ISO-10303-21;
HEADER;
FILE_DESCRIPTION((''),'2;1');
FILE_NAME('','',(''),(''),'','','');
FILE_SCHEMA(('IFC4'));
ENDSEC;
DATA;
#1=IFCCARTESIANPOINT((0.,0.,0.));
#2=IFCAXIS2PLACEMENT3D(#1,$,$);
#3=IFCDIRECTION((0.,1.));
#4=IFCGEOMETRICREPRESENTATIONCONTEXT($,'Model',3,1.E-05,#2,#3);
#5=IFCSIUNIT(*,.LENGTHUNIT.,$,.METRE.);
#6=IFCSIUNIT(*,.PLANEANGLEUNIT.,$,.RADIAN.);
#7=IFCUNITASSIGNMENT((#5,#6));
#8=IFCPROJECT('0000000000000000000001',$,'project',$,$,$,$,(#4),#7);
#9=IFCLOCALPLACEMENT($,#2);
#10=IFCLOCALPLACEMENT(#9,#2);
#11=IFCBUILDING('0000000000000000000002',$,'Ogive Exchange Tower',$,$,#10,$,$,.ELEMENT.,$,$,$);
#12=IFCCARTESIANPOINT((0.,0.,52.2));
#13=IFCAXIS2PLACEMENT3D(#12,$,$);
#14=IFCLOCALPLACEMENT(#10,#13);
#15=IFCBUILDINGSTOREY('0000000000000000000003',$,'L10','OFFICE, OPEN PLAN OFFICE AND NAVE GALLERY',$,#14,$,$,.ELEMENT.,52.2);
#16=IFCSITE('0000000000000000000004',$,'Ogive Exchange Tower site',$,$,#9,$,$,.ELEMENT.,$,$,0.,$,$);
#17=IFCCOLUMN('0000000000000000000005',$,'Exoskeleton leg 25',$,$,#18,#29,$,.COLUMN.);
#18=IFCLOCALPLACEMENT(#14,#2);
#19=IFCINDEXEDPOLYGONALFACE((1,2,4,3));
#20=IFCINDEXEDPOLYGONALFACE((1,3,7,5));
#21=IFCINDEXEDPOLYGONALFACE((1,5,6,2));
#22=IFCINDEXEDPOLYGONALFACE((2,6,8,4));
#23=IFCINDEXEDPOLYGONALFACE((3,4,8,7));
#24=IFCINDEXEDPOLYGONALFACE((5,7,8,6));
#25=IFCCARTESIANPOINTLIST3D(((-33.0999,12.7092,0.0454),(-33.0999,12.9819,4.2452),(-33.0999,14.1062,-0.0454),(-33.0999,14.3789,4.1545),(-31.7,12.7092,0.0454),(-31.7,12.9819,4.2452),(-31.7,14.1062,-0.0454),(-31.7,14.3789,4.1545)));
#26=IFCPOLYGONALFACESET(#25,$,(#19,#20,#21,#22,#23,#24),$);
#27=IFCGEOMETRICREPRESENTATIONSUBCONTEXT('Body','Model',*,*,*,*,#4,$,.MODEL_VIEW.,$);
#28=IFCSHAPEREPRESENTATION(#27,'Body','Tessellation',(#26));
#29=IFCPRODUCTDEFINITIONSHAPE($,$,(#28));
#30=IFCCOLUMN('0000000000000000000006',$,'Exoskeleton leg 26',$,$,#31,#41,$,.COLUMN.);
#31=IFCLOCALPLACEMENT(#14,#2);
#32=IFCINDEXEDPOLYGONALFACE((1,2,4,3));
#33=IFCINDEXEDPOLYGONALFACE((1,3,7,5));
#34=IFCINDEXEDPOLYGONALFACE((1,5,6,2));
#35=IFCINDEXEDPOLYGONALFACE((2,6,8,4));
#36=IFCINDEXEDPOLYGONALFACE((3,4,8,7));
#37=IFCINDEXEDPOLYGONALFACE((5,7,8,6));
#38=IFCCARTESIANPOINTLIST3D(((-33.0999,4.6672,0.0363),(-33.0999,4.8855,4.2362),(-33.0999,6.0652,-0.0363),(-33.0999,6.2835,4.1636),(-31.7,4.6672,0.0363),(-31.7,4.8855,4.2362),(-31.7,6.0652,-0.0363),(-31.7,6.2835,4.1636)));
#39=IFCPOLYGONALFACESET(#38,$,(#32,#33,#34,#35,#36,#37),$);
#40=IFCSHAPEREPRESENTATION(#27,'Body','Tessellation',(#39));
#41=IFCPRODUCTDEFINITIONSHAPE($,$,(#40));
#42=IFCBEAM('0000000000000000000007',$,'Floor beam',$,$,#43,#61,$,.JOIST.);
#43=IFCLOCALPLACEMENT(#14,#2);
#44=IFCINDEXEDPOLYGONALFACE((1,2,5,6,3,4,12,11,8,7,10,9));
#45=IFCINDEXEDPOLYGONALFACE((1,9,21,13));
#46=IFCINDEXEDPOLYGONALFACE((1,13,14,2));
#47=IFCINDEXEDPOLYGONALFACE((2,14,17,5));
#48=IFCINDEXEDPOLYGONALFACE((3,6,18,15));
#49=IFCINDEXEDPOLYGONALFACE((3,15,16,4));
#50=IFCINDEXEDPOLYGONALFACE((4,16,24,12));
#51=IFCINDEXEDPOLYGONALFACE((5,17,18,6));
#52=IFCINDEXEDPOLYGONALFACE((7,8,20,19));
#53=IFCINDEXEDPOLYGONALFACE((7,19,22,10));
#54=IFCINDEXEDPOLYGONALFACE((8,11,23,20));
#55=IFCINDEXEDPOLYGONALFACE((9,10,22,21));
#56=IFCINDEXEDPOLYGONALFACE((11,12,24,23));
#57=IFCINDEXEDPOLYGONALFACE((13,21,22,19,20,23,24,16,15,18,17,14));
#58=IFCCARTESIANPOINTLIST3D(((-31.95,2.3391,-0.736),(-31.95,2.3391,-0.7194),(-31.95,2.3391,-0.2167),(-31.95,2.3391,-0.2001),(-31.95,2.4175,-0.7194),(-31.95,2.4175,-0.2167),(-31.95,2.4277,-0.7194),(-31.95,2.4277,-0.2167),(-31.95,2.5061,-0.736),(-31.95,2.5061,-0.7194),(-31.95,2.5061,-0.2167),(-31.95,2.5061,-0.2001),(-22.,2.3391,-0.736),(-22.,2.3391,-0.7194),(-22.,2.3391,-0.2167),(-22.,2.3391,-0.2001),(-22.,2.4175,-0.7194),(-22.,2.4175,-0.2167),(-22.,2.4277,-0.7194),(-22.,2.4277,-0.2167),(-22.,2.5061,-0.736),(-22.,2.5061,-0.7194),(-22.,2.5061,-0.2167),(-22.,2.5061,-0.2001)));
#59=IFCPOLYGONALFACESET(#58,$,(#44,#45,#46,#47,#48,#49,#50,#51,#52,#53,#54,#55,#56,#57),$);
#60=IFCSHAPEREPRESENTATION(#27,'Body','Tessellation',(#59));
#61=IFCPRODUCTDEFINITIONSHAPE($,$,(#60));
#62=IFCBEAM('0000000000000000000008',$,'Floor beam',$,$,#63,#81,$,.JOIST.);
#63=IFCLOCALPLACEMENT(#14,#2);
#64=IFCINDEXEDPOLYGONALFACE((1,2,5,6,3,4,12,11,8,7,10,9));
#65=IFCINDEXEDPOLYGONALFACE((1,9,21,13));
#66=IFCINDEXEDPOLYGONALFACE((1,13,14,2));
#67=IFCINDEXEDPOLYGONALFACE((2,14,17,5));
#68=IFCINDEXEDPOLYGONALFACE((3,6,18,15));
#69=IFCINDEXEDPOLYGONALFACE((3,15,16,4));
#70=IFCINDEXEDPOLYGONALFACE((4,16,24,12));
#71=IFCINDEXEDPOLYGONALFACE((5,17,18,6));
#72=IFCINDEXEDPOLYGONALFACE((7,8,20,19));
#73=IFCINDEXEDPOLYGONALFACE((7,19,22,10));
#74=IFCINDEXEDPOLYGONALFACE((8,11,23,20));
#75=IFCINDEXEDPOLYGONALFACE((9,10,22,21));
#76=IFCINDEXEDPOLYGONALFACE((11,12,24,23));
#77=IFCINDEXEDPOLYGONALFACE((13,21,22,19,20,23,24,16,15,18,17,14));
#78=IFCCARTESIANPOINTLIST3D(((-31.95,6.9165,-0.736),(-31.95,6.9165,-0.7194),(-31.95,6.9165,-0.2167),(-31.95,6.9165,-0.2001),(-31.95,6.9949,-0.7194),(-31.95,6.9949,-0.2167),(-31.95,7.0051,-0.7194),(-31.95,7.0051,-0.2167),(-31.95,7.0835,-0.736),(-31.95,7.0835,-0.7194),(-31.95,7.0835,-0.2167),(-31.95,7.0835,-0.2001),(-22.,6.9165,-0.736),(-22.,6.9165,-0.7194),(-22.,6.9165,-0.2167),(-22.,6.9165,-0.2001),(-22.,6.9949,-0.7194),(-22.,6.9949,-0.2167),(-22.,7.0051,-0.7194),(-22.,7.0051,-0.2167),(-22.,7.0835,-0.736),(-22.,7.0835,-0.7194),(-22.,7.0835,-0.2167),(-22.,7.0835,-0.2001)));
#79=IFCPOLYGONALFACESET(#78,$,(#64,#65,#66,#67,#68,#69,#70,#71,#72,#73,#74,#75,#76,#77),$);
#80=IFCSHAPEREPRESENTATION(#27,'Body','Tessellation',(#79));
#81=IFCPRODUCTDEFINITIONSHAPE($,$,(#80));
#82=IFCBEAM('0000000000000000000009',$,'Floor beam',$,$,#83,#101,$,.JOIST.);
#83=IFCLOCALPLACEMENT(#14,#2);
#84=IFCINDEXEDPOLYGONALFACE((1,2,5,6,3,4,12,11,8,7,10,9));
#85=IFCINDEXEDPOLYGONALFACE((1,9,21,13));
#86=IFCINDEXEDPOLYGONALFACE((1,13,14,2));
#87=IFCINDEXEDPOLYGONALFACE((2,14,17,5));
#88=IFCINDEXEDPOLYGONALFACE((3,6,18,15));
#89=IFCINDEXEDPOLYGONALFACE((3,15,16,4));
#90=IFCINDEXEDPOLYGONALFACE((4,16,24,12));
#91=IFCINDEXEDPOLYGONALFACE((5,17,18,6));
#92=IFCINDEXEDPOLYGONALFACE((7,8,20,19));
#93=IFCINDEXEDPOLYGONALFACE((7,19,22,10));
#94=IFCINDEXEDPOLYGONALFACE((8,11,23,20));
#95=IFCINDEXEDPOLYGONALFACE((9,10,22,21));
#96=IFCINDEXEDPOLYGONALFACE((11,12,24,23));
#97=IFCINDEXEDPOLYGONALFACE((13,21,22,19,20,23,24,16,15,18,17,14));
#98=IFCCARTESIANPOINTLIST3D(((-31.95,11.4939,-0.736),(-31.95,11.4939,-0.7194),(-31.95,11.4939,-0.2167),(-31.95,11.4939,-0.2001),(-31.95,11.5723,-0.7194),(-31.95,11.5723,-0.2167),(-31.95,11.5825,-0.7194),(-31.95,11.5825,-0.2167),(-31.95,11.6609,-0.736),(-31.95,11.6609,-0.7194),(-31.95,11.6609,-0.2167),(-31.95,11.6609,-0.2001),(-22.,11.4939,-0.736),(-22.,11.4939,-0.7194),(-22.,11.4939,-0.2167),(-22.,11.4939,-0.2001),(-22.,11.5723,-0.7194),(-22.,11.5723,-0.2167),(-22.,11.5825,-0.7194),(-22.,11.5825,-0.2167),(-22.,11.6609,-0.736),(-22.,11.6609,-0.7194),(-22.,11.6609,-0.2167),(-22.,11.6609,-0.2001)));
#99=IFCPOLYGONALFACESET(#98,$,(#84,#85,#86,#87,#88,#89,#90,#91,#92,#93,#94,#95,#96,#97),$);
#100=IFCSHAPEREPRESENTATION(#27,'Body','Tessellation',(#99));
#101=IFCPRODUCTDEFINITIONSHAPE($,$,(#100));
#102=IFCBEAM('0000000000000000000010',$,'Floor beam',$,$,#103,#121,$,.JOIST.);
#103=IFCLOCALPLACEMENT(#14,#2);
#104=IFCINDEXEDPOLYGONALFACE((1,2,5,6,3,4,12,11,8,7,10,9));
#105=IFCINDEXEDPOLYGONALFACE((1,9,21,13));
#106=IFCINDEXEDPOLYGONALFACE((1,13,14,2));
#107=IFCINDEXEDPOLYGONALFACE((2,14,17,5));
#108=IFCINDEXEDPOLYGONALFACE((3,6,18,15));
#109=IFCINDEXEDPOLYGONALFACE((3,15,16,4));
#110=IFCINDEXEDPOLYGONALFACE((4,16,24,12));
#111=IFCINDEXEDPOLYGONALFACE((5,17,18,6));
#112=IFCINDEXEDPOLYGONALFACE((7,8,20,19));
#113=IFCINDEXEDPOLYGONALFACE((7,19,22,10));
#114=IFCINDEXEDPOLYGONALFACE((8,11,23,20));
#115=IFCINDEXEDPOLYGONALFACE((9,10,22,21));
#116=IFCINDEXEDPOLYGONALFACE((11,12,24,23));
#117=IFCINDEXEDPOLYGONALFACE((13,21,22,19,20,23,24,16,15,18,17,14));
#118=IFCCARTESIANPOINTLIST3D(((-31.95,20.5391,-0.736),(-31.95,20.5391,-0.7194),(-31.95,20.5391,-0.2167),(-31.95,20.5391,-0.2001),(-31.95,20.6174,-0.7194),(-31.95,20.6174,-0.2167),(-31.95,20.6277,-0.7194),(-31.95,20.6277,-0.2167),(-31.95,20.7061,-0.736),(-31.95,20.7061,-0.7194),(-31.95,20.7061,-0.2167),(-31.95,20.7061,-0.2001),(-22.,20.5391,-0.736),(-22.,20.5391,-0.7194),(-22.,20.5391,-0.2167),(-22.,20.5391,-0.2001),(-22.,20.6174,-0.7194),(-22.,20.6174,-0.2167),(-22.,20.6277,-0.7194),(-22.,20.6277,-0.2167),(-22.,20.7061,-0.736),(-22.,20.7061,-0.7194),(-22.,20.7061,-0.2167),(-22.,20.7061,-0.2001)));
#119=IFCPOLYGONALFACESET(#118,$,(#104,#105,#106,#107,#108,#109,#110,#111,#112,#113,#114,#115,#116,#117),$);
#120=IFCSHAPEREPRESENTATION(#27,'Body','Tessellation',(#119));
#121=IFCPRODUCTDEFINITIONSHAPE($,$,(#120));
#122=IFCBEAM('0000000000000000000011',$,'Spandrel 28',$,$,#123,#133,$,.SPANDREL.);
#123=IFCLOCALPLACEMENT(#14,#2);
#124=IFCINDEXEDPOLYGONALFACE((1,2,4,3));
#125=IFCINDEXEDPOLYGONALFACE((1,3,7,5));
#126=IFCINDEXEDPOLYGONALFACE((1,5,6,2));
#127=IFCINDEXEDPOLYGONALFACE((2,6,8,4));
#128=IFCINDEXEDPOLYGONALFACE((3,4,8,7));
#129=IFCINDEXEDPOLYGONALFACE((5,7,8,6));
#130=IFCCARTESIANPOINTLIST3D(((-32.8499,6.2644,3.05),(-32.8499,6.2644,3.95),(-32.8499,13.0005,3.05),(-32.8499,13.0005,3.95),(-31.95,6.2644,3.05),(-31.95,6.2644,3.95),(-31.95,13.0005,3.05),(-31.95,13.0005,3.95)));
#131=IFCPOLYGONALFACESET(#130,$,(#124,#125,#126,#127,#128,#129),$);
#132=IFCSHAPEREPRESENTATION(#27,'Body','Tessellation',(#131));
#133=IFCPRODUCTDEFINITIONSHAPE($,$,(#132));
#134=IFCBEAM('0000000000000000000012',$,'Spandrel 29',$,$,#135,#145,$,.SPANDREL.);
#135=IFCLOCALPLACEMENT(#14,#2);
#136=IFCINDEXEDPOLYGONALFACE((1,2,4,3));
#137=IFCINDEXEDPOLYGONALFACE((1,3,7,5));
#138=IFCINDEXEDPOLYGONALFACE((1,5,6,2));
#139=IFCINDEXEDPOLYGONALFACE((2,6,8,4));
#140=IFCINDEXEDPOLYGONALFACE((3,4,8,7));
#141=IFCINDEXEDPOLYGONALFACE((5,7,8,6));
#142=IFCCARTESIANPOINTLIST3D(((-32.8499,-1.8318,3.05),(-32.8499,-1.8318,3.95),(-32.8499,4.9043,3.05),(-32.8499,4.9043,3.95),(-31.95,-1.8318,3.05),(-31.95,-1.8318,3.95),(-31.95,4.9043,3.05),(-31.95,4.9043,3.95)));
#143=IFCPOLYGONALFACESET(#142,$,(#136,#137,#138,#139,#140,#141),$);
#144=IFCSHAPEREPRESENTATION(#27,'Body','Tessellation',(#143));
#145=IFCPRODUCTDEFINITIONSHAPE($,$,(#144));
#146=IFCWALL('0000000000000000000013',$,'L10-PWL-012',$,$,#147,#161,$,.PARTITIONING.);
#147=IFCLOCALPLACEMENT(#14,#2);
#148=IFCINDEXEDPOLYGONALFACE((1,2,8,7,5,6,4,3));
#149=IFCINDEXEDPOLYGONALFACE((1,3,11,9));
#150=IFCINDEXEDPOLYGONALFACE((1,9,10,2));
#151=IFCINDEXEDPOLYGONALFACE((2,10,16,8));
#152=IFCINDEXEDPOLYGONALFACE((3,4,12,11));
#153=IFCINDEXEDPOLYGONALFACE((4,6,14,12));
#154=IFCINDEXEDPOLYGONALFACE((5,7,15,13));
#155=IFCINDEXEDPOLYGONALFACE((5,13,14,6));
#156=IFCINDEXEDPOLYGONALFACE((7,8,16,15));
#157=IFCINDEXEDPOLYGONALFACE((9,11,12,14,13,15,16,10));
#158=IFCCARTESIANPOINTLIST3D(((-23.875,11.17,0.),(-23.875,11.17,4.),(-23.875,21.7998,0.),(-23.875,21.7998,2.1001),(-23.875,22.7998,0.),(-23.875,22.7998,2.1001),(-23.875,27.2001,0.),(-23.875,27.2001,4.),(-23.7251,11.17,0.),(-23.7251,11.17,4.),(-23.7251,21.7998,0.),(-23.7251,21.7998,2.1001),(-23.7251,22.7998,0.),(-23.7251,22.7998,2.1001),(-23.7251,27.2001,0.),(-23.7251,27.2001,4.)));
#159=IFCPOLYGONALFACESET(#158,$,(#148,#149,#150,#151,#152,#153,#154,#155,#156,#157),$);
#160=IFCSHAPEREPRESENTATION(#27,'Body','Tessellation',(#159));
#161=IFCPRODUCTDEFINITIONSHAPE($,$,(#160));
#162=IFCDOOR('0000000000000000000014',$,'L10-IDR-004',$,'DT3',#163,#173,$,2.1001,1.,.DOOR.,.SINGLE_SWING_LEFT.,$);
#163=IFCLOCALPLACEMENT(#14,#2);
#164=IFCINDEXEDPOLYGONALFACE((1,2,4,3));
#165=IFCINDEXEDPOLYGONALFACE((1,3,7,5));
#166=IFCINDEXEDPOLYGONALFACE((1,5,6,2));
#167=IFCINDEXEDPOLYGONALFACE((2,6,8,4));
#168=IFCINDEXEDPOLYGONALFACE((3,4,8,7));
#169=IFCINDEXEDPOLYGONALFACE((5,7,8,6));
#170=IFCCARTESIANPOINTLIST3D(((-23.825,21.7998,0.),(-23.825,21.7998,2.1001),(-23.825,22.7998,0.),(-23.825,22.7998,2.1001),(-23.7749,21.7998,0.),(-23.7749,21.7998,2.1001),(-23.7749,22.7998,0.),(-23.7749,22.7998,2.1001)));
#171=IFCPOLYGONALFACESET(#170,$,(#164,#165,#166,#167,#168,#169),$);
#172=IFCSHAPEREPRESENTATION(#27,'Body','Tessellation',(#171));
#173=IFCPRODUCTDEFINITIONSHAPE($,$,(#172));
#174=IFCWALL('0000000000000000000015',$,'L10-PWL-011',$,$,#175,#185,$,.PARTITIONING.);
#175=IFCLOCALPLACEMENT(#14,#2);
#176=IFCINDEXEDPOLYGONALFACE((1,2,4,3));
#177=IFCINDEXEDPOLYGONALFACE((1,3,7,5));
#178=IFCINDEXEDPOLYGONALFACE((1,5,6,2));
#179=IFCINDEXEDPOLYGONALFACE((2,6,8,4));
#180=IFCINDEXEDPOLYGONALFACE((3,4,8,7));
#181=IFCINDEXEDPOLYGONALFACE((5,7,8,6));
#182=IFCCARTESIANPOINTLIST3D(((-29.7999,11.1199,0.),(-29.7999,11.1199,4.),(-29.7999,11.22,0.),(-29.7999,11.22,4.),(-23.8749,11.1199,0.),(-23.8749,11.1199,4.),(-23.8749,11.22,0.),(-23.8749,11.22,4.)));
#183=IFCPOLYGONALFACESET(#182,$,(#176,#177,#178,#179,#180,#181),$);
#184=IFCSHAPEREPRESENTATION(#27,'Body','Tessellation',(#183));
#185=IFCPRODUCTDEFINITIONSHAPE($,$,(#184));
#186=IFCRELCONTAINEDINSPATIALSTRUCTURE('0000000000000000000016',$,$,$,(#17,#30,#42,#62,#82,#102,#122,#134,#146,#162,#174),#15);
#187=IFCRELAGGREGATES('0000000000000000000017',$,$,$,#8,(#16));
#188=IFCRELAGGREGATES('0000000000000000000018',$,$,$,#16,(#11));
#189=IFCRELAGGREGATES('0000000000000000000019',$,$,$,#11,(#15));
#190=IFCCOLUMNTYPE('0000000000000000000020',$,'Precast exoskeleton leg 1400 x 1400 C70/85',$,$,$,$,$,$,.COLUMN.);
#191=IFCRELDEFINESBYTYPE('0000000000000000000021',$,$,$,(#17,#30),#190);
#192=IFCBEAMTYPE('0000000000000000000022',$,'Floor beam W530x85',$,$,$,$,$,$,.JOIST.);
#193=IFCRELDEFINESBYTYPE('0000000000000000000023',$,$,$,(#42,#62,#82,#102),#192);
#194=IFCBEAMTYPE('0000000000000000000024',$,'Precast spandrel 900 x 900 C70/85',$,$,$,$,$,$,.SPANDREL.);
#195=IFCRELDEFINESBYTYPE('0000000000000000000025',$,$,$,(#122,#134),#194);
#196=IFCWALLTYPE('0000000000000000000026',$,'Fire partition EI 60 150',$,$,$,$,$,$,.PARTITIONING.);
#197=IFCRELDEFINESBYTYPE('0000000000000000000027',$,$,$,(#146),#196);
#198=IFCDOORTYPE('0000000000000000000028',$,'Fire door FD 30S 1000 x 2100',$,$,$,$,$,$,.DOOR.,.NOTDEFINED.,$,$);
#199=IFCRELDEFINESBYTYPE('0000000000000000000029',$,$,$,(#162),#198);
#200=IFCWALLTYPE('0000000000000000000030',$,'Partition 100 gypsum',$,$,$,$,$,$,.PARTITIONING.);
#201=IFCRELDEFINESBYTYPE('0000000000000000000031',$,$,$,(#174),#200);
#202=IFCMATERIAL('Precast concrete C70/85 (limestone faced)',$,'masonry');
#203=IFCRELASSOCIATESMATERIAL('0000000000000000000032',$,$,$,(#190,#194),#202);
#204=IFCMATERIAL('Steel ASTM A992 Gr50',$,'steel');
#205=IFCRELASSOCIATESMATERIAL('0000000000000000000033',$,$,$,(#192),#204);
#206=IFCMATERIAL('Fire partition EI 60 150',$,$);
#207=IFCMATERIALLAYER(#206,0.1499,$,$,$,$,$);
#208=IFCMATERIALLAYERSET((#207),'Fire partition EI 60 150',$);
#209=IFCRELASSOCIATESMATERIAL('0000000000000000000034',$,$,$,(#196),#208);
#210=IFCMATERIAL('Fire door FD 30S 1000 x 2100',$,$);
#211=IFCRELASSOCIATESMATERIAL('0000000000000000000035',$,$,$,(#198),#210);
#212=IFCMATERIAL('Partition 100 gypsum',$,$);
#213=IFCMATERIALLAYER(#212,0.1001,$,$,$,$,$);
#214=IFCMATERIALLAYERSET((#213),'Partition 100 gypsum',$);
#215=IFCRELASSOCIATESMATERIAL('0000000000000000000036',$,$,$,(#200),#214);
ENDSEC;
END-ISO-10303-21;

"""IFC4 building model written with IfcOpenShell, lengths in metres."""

from ifc_helpers import new_model, si_unit, direction, frame, frame_2d, origin, origin_2d, place, context, subcontext, project, spatial, rectangle, i_section, extrude, material, layer, layer_set, material_profile, profile_set, type_object, element, fill, save


model = new_model("IFC4")

# Units and contexts
model_context = context("Model", 3, precision=1e-05, world=origin(), true_north=direction((0.0, 1.0)))
body_context = subcontext(model_context, "Body", "Model", "MODEL_VIEW")
ifc_project = project(units=[si_unit("LENGTHUNIT", "METRE"), si_unit("PLANEANGLEUNIT", "RADIAN")], contexts=[model_context])

# Site, building, storey
site_placement = place(None, origin())
site = spatial("IfcSite", under=ifc_project, at=site_placement, Name="Ogive Exchange Tower site", CompositionType="ELEMENT", RefElevation=0.0)
building_placement = place(site_placement, origin())
building = spatial("IfcBuilding", under=site, at=building_placement, Name="Ogive Exchange Tower", CompositionType="ELEMENT")
storey_placement = place(building_placement, frame((0.0, 0.0, 52.2)))
storey = spatial("IfcBuildingStorey", under=building, at=storey_placement, Name="L10", Description="OFFICE, OPEN PLAN OFFICE AND NAVE GALLERY", CompositionType="ELEMENT", Elevation=52.2)

# Columns
ifc_material_1 = material(Name="Precast concrete C70/85 (limestone faced)", Category="masonry")
ifc_material_profile_1 = material_profile(ifc_material_1, rectangle(XDim=1.3999, YDim=1.3999, at=origin_2d()), Name="1400 x 1400")
ifc_profile_set_1 = profile_set([ifc_material_profile_1], Name="Precast concrete C70/85 (limestone faced)")
column_type = type_object("IfcColumnType", Name="Precast exoskeleton leg 1400 x 1400 C70/85", PredefinedType="COLUMN", material=ifc_profile_set_1)
column_1_placement = place(storey_placement, frame((-32.3999, 13.4077, 0.0), z_axis=(0.0, 0.064794, 0.997899), x_axis=(-1.0, 0.0, 0.0)))
element("IfcColumn", 1, at=column_1_placement, inside=storey, type_object=column_type, Name="Exoskeleton leg 25", PredefinedType="COLUMN", context=body_context, shape_type="SweptSolid", body=[
    extrude(rectangle(XDim=1.3999, YDim=1.3999, at=origin_2d()), origin(), (0.0, 0.0, 1.0), 4.2087),
])
column_2_placement = place(storey_placement, frame((-32.3999, 5.3662, 0.0), z_axis=(0.0, 0.051898, 0.998652), x_axis=(-1.0, 0.0, 0.0)))
element("IfcColumn", 2, at=column_2_placement, inside=storey, type_object=column_type, Name="Exoskeleton leg 26", PredefinedType="COLUMN", context=body_context, shape_type="SweptSolid", body=[
    extrude(rectangle(XDim=1.3999, YDim=1.3999, at=origin_2d()), origin(), (0.0, 0.0, 1.0), 4.2056),
])

# Beams
ifc_material_2 = material(Name="Steel ASTM A992 Gr50", Category="steel")
ifc_material_profile_2 = material_profile(ifc_material_2, i_section(OverallWidth=0.167, OverallDepth=0.5359, WebThickness=0.0103, FlangeThickness=0.0166, at=origin_2d()), Name="W530x85")
ifc_profile_set_2 = profile_set([ifc_material_profile_2], Name="Steel ASTM A992 Gr50")
beam_type_1 = type_object("IfcBeamType", Name="Floor beam W530x85", PredefinedType="JOIST", material=ifc_profile_set_2)
for number, where, z_axis, x_axis, name in (
    (3, (-31.95, 2.4226, -0.468), (1.0, 0.0, 0.0), (0.0, 1.0, 0.0), "Floor beam"),
    (4, (-31.95, 7.0, -0.468), (1.0, 0.0, 0.0), (0.0, 1.0, 0.0), "Floor beam"),
    (5, (-31.95, 11.5774, -0.468), (1.0, 0.0, 0.0), (0.0, 1.0, 0.0), "Floor beam"),
    (6, (-31.95, 20.6226, -0.468), (1.0, 0.0, 0.0), (0.0, 1.0, 0.0), "Floor beam"),
):
    element("IfcBeam", number, at=place(storey_placement, frame(where, z_axis=z_axis, x_axis=x_axis)), inside=storey, type_object=beam_type_1, Name=name, PredefinedType="JOIST", context=body_context, shape_type="SweptSolid", body=[
        extrude(i_section(OverallWidth=0.167, OverallDepth=0.5359, WebThickness=0.0103, FlangeThickness=0.0166, at=origin_2d()), origin(), (0.0, 0.0, 1.0), 9.95),
    ])
ifc_material_profile_3 = material_profile(ifc_material_1, rectangle(XDim=0.8999, YDim=0.8999, at=origin_2d()), Name="900 x 900")
ifc_profile_set_3 = profile_set([ifc_material_profile_3], Name="Precast concrete C70/85 (limestone faced)")
beam_type_2 = type_object("IfcBeamType", Name="Precast spandrel 900 x 900 C70/85", PredefinedType="SPANDREL", material=ifc_profile_set_3)
for number, where, z_axis, x_axis, name in (
    (7, (-32.3999, 13.0005, 3.5), (0.0, -1.0, 0.0), (1.0, 0.0, 0.0), "Spandrel 28"),
    (8, (-32.3999, 4.9043, 3.5), (0.0, -1.0, 0.0), (1.0, 0.0, 0.0), "Spandrel 29"),
):
    element("IfcBeam", number, at=place(storey_placement, frame(where, z_axis=z_axis, x_axis=x_axis)), inside=storey, type_object=beam_type_2, Name=name, PredefinedType="SPANDREL", context=body_context, shape_type="SweptSolid", body=[
        extrude(rectangle(XDim=0.8999, YDim=0.8999, at=origin_2d()), origin(), (0.0, 0.0, 1.0), 6.7361),
    ])

# Wall, opening, door
ifc_material_3 = material(Name="Fire partition EI 60 150")
ifc_layer_1 = layer(ifc_material_3, 0.1499)
ifc_layer_set_1 = layer_set([ifc_layer_1], Name="Fire partition EI 60 150")
wall_type_1 = type_object("IfcWallType", Name="Fire partition EI 60 150", PredefinedType="PARTITIONING", material=ifc_layer_set_1)
wall_1_placement = place(storey_placement, frame((-23.8, 11.1699, 0.0), z_axis=(0.0, 0.0, 1.0), x_axis=(0.0, 1.0, 0.0)))
wall_1 = element("IfcWall", 9, at=wall_1_placement, inside=storey, type_object=wall_type_1, Name="L10-PWL-012", PredefinedType="PARTITIONING", context=body_context, shape_type="SweptSolid", body=[
    extrude(rectangle(XDim=16.03, YDim=0.1499, at=frame_2d((8.0151, 0.0))), origin(), (0.0, 0.0, 1.0), 4.0),
])
opening_placement = place(wall_1_placement, frame((10.6299, 0.0, 0.0)))
opening = element("IfcOpeningElement", 10, at=opening_placement, cuts=wall_1, PredefinedType="OPENING", context=body_context, shape_type="SweptSolid", body=[
    extrude(rectangle(XDim=1.0, YDim=2.1001, at=frame_2d((0.5, 1.05))), frame((0.0, 0.085, 0.0), z_axis=(0.0, -1.0, 0.0), x_axis=(1.0, 0.0, 0.0)), (0.0, 0.0, 1.0), 0.1699),
])
ifc_material_4 = material(Name="Fire door FD 30S 1000 x 2100")
door_type = type_object("IfcDoorType", Name="Fire door FD 30S 1000 x 2100", OperationType="NOTDEFINED", PredefinedType="DOOR", material=ifc_material_4)
door_placement = place(opening_placement, origin())
door = element("IfcDoor", 11, at=door_placement, inside=storey, type_object=door_type, Name="L10-IDR-004", ObjectType="DT3", OperationType="SINGLE_SWING_LEFT", OverallHeight=2.1001, OverallWidth=1.0, PredefinedType="DOOR", context=body_context, shape_type="SweptSolid", body=[
    extrude(rectangle(XDim=1.0, YDim=2.1001, at=frame_2d((0.5, 1.05))), frame((0.0, 0.0249, 0.0), z_axis=(0.0, -1.0, 0.0), x_axis=(1.0, 0.0, 0.0)), (0.0, 0.0, 1.0), 0.05),
])
fill(opening, door)

# Wall
ifc_material_5 = material(Name="Partition 100 gypsum")
ifc_layer_2 = layer(ifc_material_5, 0.1001)
ifc_layer_set_2 = layer_set([ifc_layer_2], Name="Partition 100 gypsum")
wall_type_2 = type_object("IfcWallType", Name="Partition 100 gypsum", PredefinedType="PARTITIONING", material=ifc_layer_set_2)
wall_2_placement = place(storey_placement, frame((-23.875, 11.1699, 0.0), z_axis=(0.0, 0.0, 1.0), x_axis=(-1.0, 0.0, 0.0)))
element("IfcWall", 12, at=wall_2_placement, inside=storey, type_object=wall_type_2, Name="L10-PWL-011", PredefinedType="PARTITIONING", context=body_context, shape_type="SweptSolid", body=[
    extrude(rectangle(XDim=5.925, YDim=0.1001, at=frame_2d((2.9624, 0.0))), origin(), (0.0, 0.0, 1.0), 4.0),
])

save(model, "model.ifc")
